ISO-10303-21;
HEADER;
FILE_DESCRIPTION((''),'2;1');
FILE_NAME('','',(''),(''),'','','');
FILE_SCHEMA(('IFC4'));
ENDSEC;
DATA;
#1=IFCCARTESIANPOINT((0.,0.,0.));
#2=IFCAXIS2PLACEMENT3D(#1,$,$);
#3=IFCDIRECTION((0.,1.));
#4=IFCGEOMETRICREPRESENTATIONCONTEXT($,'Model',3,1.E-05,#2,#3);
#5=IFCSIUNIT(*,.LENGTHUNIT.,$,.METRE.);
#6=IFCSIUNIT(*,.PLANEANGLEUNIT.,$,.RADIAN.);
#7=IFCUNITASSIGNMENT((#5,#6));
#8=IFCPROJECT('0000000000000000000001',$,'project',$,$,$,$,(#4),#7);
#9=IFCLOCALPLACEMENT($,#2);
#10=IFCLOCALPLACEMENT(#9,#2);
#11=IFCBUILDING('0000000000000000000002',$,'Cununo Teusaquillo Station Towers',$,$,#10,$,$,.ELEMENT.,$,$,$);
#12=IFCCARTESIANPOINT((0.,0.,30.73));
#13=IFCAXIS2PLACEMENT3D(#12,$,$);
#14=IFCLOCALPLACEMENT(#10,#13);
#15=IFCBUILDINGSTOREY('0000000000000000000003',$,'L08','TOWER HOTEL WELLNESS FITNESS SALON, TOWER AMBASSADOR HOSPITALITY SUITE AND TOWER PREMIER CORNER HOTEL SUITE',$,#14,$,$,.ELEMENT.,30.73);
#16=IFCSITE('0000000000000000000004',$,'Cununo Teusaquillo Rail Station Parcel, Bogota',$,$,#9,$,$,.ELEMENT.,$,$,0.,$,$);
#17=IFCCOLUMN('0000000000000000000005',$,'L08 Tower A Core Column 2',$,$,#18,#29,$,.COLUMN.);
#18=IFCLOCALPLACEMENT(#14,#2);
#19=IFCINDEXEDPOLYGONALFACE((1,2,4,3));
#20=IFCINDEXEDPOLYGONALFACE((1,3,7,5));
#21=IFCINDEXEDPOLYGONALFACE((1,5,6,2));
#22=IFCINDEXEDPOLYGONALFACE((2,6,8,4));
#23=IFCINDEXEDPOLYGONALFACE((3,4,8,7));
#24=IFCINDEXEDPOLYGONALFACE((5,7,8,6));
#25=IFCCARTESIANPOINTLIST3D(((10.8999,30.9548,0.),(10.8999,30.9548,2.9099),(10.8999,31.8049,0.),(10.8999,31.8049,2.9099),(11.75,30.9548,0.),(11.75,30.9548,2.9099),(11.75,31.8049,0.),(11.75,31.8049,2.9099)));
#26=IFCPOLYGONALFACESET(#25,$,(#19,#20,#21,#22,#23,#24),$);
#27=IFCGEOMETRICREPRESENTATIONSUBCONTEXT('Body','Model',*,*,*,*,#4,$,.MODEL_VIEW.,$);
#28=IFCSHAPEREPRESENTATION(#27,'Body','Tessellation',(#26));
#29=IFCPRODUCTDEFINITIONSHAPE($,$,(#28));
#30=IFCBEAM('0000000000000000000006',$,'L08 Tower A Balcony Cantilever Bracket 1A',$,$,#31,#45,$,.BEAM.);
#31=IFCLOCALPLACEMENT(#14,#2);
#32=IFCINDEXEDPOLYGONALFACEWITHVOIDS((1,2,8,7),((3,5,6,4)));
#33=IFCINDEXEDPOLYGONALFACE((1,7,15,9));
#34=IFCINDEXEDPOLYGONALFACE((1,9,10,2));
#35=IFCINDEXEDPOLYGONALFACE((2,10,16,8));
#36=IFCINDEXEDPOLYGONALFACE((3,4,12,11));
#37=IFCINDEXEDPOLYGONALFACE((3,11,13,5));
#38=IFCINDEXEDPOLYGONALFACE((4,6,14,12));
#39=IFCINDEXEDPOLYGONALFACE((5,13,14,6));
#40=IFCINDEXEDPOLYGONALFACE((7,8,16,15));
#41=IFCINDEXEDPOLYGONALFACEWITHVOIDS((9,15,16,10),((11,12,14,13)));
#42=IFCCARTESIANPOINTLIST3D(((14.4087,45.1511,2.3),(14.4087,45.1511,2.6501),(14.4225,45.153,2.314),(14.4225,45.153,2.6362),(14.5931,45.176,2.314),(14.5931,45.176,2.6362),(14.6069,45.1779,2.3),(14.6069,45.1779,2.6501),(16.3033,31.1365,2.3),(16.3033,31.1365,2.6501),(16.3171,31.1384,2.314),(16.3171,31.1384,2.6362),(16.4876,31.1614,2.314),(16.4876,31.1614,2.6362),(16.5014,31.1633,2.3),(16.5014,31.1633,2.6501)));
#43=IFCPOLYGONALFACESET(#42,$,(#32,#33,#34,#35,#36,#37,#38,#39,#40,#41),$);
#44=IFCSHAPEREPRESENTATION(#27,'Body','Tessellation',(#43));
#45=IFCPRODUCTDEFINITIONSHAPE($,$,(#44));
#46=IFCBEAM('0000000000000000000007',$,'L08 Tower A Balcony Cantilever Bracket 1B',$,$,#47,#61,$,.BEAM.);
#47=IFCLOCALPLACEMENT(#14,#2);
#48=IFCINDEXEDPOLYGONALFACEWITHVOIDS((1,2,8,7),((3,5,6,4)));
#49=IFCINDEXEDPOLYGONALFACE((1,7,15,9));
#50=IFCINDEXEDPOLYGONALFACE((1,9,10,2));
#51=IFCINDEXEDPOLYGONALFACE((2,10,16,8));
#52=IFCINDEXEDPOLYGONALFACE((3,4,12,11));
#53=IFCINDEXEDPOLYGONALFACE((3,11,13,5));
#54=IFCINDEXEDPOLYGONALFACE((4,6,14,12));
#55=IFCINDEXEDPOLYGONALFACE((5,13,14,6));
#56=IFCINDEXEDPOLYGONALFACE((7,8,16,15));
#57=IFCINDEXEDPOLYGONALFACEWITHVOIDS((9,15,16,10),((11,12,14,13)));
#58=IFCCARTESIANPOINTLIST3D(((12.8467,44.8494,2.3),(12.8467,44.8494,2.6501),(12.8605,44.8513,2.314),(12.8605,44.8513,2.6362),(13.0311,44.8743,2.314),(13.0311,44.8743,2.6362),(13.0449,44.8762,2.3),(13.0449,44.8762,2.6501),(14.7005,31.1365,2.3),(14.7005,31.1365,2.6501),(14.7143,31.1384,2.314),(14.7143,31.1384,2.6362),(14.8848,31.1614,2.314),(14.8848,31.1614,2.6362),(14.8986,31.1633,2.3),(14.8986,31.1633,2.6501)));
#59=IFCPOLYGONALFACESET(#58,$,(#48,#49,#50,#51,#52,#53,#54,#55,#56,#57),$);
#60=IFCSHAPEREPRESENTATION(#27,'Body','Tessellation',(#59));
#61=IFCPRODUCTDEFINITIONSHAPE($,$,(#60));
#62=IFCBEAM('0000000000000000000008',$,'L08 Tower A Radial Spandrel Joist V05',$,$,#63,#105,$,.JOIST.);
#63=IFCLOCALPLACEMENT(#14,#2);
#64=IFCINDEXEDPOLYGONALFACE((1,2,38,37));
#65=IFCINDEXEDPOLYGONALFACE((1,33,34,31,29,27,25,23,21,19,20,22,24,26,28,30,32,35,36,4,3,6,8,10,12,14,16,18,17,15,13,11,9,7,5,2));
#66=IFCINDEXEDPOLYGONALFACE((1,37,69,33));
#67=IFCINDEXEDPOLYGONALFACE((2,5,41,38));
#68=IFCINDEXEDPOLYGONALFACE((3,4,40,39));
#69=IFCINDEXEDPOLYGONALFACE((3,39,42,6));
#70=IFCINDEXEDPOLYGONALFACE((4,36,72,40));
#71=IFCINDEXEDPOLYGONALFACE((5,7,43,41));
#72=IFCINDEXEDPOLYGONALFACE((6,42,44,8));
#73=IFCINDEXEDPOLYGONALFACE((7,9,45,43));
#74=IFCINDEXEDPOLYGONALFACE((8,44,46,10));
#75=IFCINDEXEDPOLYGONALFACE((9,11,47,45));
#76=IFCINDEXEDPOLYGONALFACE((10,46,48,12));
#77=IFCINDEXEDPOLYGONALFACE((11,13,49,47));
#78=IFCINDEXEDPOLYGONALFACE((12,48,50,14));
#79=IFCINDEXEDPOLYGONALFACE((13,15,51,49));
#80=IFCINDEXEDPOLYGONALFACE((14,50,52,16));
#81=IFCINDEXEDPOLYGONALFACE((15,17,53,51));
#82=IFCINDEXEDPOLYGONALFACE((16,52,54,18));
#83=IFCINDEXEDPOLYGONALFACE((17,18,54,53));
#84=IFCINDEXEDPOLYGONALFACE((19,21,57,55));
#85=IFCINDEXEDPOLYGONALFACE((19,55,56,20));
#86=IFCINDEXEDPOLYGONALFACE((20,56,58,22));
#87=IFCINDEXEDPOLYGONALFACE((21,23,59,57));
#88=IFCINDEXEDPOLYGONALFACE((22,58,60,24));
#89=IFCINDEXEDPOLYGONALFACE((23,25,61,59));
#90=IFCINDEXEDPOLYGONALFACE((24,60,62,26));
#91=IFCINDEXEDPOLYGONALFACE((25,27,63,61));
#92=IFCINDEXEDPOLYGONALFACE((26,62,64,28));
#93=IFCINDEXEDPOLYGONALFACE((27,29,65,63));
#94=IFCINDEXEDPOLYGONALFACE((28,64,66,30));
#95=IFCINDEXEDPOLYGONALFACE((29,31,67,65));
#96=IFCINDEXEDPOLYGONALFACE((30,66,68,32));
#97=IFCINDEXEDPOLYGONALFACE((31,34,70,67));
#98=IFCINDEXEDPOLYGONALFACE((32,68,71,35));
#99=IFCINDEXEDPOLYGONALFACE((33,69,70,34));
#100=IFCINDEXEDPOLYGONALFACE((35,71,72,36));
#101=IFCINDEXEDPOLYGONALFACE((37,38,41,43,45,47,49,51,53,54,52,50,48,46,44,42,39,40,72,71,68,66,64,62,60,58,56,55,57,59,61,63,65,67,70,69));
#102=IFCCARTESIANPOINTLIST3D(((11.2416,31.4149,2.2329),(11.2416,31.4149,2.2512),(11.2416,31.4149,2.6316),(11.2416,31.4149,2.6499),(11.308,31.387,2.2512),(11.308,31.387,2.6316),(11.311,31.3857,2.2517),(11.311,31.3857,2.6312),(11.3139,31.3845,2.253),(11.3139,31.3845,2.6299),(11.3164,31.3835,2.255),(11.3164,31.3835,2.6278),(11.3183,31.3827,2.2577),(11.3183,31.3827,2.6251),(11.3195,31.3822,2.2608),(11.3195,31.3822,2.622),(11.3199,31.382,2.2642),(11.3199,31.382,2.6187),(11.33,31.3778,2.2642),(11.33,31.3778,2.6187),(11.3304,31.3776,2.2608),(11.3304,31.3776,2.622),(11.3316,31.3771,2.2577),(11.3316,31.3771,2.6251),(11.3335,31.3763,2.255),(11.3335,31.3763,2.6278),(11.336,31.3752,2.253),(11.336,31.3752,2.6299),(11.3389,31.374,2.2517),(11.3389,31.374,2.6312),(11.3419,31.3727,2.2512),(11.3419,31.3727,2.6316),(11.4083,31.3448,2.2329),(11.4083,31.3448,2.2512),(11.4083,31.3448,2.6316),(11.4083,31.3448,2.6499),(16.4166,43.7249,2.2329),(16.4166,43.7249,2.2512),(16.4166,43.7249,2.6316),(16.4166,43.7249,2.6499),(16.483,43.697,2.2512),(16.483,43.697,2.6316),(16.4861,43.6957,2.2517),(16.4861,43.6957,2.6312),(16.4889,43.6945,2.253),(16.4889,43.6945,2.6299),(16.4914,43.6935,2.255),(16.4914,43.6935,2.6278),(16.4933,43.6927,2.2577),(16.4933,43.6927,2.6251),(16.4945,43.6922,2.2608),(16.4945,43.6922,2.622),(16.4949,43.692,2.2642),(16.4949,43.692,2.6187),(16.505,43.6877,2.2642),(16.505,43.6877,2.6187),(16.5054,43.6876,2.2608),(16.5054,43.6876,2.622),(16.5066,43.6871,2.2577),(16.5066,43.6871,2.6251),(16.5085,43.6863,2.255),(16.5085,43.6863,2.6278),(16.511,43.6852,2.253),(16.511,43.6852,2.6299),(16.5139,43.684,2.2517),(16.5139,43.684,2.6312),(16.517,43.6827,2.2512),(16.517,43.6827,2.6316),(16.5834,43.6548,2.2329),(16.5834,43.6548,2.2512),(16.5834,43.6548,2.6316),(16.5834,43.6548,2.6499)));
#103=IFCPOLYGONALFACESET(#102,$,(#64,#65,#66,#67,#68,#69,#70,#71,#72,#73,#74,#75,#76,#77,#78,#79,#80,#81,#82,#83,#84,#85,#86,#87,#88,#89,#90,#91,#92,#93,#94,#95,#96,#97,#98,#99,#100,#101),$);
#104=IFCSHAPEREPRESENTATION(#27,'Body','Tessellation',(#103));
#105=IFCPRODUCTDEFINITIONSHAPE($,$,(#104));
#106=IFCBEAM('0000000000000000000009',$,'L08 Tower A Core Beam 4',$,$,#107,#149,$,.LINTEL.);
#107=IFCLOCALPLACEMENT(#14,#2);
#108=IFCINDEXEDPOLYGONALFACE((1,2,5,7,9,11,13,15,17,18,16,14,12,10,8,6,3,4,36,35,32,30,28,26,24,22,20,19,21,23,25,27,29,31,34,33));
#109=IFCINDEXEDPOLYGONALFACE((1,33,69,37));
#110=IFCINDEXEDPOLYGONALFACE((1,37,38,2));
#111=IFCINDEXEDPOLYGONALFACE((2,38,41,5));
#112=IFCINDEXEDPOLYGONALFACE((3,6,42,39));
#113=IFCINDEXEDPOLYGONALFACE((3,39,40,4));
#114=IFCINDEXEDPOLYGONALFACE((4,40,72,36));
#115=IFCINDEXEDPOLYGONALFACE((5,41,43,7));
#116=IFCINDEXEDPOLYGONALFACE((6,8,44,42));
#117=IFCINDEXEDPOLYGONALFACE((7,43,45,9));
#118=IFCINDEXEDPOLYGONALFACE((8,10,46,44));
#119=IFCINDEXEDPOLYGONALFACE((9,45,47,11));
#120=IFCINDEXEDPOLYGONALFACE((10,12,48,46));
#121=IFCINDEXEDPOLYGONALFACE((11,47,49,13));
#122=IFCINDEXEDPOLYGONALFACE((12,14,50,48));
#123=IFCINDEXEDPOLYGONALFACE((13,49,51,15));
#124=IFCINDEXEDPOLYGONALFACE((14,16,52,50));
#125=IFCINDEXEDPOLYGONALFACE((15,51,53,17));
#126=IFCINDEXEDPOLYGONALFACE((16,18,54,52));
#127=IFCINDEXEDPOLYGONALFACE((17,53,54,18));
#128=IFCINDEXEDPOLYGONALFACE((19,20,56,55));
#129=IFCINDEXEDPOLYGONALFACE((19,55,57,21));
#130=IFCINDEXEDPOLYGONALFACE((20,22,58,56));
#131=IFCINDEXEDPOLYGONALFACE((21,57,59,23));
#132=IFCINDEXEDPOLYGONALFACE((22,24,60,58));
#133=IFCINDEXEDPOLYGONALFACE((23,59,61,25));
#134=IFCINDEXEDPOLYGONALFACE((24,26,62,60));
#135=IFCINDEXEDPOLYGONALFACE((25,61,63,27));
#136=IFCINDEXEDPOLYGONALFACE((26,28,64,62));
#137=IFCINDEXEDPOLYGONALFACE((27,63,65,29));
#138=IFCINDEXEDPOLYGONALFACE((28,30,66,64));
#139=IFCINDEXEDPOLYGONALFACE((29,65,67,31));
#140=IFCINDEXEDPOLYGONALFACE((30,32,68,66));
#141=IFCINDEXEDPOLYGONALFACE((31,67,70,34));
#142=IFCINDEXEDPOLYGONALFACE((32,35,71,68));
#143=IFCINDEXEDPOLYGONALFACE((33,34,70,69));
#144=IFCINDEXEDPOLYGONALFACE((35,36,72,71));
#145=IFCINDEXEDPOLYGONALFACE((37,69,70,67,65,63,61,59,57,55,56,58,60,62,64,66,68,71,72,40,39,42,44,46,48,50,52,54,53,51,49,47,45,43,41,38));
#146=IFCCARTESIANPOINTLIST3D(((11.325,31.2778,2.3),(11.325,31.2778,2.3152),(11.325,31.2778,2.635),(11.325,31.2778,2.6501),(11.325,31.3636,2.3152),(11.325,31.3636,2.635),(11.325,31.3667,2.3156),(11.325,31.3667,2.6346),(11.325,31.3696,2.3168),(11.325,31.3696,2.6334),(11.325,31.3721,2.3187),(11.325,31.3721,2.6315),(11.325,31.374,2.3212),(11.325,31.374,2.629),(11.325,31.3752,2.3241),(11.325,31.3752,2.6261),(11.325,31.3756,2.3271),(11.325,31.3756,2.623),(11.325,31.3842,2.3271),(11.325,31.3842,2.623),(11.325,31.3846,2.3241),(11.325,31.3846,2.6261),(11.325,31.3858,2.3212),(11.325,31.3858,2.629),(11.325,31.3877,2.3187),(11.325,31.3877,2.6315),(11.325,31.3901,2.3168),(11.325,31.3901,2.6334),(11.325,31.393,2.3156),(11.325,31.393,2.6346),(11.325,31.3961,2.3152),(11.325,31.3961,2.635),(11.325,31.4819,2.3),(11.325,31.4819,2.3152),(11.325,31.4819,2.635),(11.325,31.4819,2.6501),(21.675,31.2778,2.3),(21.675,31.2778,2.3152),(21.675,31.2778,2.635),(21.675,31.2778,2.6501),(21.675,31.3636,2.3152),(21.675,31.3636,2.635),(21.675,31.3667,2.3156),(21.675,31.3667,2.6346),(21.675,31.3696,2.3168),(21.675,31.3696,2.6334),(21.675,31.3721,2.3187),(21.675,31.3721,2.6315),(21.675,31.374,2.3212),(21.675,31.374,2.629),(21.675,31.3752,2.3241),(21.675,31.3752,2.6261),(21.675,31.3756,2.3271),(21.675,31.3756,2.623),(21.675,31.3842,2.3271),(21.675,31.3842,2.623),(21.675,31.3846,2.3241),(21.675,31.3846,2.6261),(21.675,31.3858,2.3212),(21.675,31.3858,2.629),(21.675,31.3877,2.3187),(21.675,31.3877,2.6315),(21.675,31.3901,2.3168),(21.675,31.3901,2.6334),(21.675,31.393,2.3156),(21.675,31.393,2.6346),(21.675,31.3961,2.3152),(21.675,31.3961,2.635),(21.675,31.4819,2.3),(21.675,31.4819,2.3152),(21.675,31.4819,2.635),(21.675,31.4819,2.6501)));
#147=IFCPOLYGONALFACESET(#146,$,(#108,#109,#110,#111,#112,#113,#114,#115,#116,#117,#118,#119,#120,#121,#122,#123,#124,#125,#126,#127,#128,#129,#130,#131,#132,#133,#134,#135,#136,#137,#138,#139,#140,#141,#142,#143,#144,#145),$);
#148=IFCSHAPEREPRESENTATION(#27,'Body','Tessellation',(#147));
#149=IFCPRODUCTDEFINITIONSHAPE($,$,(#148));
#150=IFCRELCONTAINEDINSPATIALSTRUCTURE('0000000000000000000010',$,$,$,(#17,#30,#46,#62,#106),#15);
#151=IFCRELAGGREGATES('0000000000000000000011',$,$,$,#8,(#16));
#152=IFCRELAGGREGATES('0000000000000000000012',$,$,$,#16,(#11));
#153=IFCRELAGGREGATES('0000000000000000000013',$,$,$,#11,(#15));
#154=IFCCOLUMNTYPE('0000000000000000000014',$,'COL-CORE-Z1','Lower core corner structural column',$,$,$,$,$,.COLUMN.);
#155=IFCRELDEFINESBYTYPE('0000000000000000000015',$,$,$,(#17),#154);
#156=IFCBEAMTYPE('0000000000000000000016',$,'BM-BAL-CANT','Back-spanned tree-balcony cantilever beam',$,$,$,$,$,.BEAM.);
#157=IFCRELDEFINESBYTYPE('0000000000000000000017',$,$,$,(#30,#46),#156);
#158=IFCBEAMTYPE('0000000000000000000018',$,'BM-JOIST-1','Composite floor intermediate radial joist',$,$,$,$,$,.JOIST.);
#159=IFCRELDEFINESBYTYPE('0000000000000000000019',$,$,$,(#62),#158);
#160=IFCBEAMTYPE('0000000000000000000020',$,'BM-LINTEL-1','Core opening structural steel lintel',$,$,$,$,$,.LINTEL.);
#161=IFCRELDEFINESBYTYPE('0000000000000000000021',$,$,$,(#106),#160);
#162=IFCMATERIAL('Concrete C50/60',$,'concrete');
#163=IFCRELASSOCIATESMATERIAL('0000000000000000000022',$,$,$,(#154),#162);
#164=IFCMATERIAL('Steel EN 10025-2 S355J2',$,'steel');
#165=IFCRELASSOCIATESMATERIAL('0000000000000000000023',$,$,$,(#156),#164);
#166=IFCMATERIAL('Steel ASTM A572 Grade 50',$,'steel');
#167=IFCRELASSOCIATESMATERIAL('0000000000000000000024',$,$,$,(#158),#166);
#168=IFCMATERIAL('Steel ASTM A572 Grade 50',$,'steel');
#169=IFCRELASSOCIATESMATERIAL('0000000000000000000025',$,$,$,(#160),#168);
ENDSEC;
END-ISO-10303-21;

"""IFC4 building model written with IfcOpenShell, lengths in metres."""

from ifc_helpers import new_model, si_unit, direction, frame, origin, origin_2d, place, context, subcontext, project, spatial, rectangle, hollow_rectangle, i_section, extrude, material, material_profile, profile_set, type_object, element, save


model = new_model("IFC4")

# Units and contexts
model_context = context("Model", 3, precision=1e-05, world=origin(), true_north=direction((0.0, 1.0)))
body_context = subcontext(model_context, "Body", "Model", "MODEL_VIEW")
ifc_project = project(units=[si_unit("LENGTHUNIT", "METRE"), si_unit("PLANEANGLEUNIT", "RADIAN")], contexts=[model_context])

# Site, building, storey
site_placement = place(None, origin())
site = spatial("IfcSite", under=ifc_project, at=site_placement, Name="Cununo Teusaquillo Rail Station Parcel, Bogota", CompositionType="ELEMENT", RefElevation=0.0)
building_placement = place(site_placement, origin())
building = spatial("IfcBuilding", under=site, at=building_placement, Name="Cununo Teusaquillo Station Towers", CompositionType="ELEMENT")
storey_placement = place(building_placement, frame((0.0, 0.0, 30.73)))
storey = spatial("IfcBuildingStorey", under=building, at=storey_placement, Name="L08", Description="TOWER HOTEL WELLNESS FITNESS SALON, TOWER AMBASSADOR HOSPITALITY SUITE AND TOWER PREMIER CORNER HOTEL SUITE", CompositionType="ELEMENT", Elevation=30.73)

# Column
ifc_material_1 = material(Name="Concrete C50/60", Category="concrete")
ifc_material_profile_1 = material_profile(ifc_material_1, rectangle(XDim=0.8501, YDim=0.8501, at=origin_2d()), Name="RC-RECT-850x850")
ifc_profile_set_1 = profile_set([ifc_material_profile_1], Name="Concrete C50/60")
column_type = type_object("IfcColumnType", Name="COL-CORE-Z1", Description="Lower core corner structural column", PredefinedType="COLUMN", material=ifc_profile_set_1)
column_placement = place(storey_placement, frame((11.325, 31.3799, 0.0), z_axis=(0.0, 0.0, 1.0), x_axis=(1.0, 0.0, 0.0)))
element("IfcColumn", 1, at=column_placement, inside=storey, type_object=column_type, Name="L08 Tower A Core Column 2", PredefinedType="COLUMN", context=body_context, shape_type="SweptSolid", body=[
    extrude(rectangle(XDim=0.8501, YDim=0.8501, at=origin_2d()), origin(), (0.0, 0.0, 1.0), 2.9099),
])

# Beams
ifc_material_2 = material(Name="Steel EN 10025-2 S355J2", Category="steel")
ifc_material_profile_2 = material_profile(ifc_material_2, hollow_rectangle(XDim=0.2, YDim=0.3501, WallThickness=0.0139, at=origin_2d()), Name="RHS 350x200x14")
ifc_profile_set_2 = profile_set([ifc_material_profile_2], Name="Steel EN 10025-2 S355J2")
beam_type_1 = type_object("IfcBeamType", Name="BM-BAL-CANT", Description="Back-spanned tree-balcony cantilever beam", PredefinedType="BEAM", material=ifc_profile_set_2)
beam_1_placement = place(storey_placement, frame((16.4023, 31.1499, 2.4751), z_axis=(-0.133964, 0.990986, 0.0), x_axis=(-0.990986, -0.133964, 0.0)))
element("IfcBeam", 2, at=beam_1_placement, inside=storey, type_object=beam_type_1, Name="L08 Tower A Balcony Cantilever Bracket 1A", PredefinedType="BEAM", context=body_context, shape_type="SweptSolid", body=[
    extrude(hollow_rectangle(XDim=0.2, YDim=0.3501, WallThickness=0.0139, at=origin_2d()), origin(), (0.0, 0.0, 1.0), 14.1421),
])
beam_2_placement = place(storey_placement, frame((14.7996, 31.1499, 2.4751), z_axis=(-0.133965, 0.990986, 0.0), x_axis=(-0.990986, -0.133965, 0.0)))
element("IfcBeam", 3, at=beam_2_placement, inside=storey, type_object=beam_type_1, Name="L08 Tower A Balcony Cantilever Bracket 1B", PredefinedType="BEAM", context=body_context, shape_type="SweptSolid", body=[
    extrude(hollow_rectangle(XDim=0.2, YDim=0.3501, WallThickness=0.0139, at=origin_2d()), origin(), (0.0, 0.0, 1.0), 13.8376),
])
ifc_material_3 = material(Name="Steel ASTM A572 Grade 50", Category="steel")
ifc_material_profile_3 = material_profile(ifc_material_3, i_section(OverallWidth=0.1809, OverallDepth=0.417, WebThickness=0.011, FlangeThickness=0.0183, FilletRadius=0.0129, at=origin_2d()), Name="W16X57")
ifc_profile_set_3 = profile_set([ifc_material_profile_3], Name="Steel ASTM A572 Grade 50")
beam_type_2 = type_object("IfcBeamType", Name="BM-JOIST-1", Description="Composite floor intermediate radial joist", PredefinedType="JOIST", material=ifc_profile_set_3)
beam_3_placement = place(storey_placement, frame((11.325, 31.3799, 2.4414), z_axis=(0.38754, 0.921853, 0.0), x_axis=(-0.921853, 0.38754, 0.0)))
element("IfcBeam", 4, at=beam_3_placement, inside=storey, type_object=beam_type_2, Name="L08 Tower A Radial Spandrel Joist V05", PredefinedType="JOIST", context=body_context, shape_type="SweptSolid", body=[
    extrude(i_section(OverallWidth=0.1809, OverallDepth=0.417, WebThickness=0.011, FlangeThickness=0.0183, FilletRadius=0.0129, at=origin_2d()), origin(), (0.0, 0.0, 1.0), 13.3535),
])
ifc_material_4 = material(Name="Steel ASTM A572 Grade 50", Category="steel")
ifc_material_profile_4 = material_profile(ifc_material_4, i_section(OverallWidth=0.2041, OverallDepth=0.3501, WebThickness=0.0085, FlangeThickness=0.0151, FilletRadius=0.012, at=origin_2d()), Name="W14X48")
ifc_profile_set_4 = profile_set([ifc_material_profile_4], Name="Steel ASTM A572 Grade 50")
beam_type_3 = type_object("IfcBeamType", Name="BM-LINTEL-1", Description="Core opening structural steel lintel", PredefinedType="LINTEL", material=ifc_profile_set_4)
beam_4_placement = place(storey_placement, frame((11.325, 31.3799, 2.4751), z_axis=(1.0, 0.0, 0.0), x_axis=(0.0, 1.0, 0.0)))
element("IfcBeam", 5, at=beam_4_placement, inside=storey, type_object=beam_type_3, Name="L08 Tower A Core Beam 4", PredefinedType="LINTEL", context=body_context, shape_type="SweptSolid", body=[
    extrude(i_section(OverallWidth=0.2041, OverallDepth=0.3501, WebThickness=0.0085, FlangeThickness=0.0151, FilletRadius=0.012, at=origin_2d()), origin(), (0.0, 0.0, 1.0), 10.3501),
])

save(model, "model.ifc")
